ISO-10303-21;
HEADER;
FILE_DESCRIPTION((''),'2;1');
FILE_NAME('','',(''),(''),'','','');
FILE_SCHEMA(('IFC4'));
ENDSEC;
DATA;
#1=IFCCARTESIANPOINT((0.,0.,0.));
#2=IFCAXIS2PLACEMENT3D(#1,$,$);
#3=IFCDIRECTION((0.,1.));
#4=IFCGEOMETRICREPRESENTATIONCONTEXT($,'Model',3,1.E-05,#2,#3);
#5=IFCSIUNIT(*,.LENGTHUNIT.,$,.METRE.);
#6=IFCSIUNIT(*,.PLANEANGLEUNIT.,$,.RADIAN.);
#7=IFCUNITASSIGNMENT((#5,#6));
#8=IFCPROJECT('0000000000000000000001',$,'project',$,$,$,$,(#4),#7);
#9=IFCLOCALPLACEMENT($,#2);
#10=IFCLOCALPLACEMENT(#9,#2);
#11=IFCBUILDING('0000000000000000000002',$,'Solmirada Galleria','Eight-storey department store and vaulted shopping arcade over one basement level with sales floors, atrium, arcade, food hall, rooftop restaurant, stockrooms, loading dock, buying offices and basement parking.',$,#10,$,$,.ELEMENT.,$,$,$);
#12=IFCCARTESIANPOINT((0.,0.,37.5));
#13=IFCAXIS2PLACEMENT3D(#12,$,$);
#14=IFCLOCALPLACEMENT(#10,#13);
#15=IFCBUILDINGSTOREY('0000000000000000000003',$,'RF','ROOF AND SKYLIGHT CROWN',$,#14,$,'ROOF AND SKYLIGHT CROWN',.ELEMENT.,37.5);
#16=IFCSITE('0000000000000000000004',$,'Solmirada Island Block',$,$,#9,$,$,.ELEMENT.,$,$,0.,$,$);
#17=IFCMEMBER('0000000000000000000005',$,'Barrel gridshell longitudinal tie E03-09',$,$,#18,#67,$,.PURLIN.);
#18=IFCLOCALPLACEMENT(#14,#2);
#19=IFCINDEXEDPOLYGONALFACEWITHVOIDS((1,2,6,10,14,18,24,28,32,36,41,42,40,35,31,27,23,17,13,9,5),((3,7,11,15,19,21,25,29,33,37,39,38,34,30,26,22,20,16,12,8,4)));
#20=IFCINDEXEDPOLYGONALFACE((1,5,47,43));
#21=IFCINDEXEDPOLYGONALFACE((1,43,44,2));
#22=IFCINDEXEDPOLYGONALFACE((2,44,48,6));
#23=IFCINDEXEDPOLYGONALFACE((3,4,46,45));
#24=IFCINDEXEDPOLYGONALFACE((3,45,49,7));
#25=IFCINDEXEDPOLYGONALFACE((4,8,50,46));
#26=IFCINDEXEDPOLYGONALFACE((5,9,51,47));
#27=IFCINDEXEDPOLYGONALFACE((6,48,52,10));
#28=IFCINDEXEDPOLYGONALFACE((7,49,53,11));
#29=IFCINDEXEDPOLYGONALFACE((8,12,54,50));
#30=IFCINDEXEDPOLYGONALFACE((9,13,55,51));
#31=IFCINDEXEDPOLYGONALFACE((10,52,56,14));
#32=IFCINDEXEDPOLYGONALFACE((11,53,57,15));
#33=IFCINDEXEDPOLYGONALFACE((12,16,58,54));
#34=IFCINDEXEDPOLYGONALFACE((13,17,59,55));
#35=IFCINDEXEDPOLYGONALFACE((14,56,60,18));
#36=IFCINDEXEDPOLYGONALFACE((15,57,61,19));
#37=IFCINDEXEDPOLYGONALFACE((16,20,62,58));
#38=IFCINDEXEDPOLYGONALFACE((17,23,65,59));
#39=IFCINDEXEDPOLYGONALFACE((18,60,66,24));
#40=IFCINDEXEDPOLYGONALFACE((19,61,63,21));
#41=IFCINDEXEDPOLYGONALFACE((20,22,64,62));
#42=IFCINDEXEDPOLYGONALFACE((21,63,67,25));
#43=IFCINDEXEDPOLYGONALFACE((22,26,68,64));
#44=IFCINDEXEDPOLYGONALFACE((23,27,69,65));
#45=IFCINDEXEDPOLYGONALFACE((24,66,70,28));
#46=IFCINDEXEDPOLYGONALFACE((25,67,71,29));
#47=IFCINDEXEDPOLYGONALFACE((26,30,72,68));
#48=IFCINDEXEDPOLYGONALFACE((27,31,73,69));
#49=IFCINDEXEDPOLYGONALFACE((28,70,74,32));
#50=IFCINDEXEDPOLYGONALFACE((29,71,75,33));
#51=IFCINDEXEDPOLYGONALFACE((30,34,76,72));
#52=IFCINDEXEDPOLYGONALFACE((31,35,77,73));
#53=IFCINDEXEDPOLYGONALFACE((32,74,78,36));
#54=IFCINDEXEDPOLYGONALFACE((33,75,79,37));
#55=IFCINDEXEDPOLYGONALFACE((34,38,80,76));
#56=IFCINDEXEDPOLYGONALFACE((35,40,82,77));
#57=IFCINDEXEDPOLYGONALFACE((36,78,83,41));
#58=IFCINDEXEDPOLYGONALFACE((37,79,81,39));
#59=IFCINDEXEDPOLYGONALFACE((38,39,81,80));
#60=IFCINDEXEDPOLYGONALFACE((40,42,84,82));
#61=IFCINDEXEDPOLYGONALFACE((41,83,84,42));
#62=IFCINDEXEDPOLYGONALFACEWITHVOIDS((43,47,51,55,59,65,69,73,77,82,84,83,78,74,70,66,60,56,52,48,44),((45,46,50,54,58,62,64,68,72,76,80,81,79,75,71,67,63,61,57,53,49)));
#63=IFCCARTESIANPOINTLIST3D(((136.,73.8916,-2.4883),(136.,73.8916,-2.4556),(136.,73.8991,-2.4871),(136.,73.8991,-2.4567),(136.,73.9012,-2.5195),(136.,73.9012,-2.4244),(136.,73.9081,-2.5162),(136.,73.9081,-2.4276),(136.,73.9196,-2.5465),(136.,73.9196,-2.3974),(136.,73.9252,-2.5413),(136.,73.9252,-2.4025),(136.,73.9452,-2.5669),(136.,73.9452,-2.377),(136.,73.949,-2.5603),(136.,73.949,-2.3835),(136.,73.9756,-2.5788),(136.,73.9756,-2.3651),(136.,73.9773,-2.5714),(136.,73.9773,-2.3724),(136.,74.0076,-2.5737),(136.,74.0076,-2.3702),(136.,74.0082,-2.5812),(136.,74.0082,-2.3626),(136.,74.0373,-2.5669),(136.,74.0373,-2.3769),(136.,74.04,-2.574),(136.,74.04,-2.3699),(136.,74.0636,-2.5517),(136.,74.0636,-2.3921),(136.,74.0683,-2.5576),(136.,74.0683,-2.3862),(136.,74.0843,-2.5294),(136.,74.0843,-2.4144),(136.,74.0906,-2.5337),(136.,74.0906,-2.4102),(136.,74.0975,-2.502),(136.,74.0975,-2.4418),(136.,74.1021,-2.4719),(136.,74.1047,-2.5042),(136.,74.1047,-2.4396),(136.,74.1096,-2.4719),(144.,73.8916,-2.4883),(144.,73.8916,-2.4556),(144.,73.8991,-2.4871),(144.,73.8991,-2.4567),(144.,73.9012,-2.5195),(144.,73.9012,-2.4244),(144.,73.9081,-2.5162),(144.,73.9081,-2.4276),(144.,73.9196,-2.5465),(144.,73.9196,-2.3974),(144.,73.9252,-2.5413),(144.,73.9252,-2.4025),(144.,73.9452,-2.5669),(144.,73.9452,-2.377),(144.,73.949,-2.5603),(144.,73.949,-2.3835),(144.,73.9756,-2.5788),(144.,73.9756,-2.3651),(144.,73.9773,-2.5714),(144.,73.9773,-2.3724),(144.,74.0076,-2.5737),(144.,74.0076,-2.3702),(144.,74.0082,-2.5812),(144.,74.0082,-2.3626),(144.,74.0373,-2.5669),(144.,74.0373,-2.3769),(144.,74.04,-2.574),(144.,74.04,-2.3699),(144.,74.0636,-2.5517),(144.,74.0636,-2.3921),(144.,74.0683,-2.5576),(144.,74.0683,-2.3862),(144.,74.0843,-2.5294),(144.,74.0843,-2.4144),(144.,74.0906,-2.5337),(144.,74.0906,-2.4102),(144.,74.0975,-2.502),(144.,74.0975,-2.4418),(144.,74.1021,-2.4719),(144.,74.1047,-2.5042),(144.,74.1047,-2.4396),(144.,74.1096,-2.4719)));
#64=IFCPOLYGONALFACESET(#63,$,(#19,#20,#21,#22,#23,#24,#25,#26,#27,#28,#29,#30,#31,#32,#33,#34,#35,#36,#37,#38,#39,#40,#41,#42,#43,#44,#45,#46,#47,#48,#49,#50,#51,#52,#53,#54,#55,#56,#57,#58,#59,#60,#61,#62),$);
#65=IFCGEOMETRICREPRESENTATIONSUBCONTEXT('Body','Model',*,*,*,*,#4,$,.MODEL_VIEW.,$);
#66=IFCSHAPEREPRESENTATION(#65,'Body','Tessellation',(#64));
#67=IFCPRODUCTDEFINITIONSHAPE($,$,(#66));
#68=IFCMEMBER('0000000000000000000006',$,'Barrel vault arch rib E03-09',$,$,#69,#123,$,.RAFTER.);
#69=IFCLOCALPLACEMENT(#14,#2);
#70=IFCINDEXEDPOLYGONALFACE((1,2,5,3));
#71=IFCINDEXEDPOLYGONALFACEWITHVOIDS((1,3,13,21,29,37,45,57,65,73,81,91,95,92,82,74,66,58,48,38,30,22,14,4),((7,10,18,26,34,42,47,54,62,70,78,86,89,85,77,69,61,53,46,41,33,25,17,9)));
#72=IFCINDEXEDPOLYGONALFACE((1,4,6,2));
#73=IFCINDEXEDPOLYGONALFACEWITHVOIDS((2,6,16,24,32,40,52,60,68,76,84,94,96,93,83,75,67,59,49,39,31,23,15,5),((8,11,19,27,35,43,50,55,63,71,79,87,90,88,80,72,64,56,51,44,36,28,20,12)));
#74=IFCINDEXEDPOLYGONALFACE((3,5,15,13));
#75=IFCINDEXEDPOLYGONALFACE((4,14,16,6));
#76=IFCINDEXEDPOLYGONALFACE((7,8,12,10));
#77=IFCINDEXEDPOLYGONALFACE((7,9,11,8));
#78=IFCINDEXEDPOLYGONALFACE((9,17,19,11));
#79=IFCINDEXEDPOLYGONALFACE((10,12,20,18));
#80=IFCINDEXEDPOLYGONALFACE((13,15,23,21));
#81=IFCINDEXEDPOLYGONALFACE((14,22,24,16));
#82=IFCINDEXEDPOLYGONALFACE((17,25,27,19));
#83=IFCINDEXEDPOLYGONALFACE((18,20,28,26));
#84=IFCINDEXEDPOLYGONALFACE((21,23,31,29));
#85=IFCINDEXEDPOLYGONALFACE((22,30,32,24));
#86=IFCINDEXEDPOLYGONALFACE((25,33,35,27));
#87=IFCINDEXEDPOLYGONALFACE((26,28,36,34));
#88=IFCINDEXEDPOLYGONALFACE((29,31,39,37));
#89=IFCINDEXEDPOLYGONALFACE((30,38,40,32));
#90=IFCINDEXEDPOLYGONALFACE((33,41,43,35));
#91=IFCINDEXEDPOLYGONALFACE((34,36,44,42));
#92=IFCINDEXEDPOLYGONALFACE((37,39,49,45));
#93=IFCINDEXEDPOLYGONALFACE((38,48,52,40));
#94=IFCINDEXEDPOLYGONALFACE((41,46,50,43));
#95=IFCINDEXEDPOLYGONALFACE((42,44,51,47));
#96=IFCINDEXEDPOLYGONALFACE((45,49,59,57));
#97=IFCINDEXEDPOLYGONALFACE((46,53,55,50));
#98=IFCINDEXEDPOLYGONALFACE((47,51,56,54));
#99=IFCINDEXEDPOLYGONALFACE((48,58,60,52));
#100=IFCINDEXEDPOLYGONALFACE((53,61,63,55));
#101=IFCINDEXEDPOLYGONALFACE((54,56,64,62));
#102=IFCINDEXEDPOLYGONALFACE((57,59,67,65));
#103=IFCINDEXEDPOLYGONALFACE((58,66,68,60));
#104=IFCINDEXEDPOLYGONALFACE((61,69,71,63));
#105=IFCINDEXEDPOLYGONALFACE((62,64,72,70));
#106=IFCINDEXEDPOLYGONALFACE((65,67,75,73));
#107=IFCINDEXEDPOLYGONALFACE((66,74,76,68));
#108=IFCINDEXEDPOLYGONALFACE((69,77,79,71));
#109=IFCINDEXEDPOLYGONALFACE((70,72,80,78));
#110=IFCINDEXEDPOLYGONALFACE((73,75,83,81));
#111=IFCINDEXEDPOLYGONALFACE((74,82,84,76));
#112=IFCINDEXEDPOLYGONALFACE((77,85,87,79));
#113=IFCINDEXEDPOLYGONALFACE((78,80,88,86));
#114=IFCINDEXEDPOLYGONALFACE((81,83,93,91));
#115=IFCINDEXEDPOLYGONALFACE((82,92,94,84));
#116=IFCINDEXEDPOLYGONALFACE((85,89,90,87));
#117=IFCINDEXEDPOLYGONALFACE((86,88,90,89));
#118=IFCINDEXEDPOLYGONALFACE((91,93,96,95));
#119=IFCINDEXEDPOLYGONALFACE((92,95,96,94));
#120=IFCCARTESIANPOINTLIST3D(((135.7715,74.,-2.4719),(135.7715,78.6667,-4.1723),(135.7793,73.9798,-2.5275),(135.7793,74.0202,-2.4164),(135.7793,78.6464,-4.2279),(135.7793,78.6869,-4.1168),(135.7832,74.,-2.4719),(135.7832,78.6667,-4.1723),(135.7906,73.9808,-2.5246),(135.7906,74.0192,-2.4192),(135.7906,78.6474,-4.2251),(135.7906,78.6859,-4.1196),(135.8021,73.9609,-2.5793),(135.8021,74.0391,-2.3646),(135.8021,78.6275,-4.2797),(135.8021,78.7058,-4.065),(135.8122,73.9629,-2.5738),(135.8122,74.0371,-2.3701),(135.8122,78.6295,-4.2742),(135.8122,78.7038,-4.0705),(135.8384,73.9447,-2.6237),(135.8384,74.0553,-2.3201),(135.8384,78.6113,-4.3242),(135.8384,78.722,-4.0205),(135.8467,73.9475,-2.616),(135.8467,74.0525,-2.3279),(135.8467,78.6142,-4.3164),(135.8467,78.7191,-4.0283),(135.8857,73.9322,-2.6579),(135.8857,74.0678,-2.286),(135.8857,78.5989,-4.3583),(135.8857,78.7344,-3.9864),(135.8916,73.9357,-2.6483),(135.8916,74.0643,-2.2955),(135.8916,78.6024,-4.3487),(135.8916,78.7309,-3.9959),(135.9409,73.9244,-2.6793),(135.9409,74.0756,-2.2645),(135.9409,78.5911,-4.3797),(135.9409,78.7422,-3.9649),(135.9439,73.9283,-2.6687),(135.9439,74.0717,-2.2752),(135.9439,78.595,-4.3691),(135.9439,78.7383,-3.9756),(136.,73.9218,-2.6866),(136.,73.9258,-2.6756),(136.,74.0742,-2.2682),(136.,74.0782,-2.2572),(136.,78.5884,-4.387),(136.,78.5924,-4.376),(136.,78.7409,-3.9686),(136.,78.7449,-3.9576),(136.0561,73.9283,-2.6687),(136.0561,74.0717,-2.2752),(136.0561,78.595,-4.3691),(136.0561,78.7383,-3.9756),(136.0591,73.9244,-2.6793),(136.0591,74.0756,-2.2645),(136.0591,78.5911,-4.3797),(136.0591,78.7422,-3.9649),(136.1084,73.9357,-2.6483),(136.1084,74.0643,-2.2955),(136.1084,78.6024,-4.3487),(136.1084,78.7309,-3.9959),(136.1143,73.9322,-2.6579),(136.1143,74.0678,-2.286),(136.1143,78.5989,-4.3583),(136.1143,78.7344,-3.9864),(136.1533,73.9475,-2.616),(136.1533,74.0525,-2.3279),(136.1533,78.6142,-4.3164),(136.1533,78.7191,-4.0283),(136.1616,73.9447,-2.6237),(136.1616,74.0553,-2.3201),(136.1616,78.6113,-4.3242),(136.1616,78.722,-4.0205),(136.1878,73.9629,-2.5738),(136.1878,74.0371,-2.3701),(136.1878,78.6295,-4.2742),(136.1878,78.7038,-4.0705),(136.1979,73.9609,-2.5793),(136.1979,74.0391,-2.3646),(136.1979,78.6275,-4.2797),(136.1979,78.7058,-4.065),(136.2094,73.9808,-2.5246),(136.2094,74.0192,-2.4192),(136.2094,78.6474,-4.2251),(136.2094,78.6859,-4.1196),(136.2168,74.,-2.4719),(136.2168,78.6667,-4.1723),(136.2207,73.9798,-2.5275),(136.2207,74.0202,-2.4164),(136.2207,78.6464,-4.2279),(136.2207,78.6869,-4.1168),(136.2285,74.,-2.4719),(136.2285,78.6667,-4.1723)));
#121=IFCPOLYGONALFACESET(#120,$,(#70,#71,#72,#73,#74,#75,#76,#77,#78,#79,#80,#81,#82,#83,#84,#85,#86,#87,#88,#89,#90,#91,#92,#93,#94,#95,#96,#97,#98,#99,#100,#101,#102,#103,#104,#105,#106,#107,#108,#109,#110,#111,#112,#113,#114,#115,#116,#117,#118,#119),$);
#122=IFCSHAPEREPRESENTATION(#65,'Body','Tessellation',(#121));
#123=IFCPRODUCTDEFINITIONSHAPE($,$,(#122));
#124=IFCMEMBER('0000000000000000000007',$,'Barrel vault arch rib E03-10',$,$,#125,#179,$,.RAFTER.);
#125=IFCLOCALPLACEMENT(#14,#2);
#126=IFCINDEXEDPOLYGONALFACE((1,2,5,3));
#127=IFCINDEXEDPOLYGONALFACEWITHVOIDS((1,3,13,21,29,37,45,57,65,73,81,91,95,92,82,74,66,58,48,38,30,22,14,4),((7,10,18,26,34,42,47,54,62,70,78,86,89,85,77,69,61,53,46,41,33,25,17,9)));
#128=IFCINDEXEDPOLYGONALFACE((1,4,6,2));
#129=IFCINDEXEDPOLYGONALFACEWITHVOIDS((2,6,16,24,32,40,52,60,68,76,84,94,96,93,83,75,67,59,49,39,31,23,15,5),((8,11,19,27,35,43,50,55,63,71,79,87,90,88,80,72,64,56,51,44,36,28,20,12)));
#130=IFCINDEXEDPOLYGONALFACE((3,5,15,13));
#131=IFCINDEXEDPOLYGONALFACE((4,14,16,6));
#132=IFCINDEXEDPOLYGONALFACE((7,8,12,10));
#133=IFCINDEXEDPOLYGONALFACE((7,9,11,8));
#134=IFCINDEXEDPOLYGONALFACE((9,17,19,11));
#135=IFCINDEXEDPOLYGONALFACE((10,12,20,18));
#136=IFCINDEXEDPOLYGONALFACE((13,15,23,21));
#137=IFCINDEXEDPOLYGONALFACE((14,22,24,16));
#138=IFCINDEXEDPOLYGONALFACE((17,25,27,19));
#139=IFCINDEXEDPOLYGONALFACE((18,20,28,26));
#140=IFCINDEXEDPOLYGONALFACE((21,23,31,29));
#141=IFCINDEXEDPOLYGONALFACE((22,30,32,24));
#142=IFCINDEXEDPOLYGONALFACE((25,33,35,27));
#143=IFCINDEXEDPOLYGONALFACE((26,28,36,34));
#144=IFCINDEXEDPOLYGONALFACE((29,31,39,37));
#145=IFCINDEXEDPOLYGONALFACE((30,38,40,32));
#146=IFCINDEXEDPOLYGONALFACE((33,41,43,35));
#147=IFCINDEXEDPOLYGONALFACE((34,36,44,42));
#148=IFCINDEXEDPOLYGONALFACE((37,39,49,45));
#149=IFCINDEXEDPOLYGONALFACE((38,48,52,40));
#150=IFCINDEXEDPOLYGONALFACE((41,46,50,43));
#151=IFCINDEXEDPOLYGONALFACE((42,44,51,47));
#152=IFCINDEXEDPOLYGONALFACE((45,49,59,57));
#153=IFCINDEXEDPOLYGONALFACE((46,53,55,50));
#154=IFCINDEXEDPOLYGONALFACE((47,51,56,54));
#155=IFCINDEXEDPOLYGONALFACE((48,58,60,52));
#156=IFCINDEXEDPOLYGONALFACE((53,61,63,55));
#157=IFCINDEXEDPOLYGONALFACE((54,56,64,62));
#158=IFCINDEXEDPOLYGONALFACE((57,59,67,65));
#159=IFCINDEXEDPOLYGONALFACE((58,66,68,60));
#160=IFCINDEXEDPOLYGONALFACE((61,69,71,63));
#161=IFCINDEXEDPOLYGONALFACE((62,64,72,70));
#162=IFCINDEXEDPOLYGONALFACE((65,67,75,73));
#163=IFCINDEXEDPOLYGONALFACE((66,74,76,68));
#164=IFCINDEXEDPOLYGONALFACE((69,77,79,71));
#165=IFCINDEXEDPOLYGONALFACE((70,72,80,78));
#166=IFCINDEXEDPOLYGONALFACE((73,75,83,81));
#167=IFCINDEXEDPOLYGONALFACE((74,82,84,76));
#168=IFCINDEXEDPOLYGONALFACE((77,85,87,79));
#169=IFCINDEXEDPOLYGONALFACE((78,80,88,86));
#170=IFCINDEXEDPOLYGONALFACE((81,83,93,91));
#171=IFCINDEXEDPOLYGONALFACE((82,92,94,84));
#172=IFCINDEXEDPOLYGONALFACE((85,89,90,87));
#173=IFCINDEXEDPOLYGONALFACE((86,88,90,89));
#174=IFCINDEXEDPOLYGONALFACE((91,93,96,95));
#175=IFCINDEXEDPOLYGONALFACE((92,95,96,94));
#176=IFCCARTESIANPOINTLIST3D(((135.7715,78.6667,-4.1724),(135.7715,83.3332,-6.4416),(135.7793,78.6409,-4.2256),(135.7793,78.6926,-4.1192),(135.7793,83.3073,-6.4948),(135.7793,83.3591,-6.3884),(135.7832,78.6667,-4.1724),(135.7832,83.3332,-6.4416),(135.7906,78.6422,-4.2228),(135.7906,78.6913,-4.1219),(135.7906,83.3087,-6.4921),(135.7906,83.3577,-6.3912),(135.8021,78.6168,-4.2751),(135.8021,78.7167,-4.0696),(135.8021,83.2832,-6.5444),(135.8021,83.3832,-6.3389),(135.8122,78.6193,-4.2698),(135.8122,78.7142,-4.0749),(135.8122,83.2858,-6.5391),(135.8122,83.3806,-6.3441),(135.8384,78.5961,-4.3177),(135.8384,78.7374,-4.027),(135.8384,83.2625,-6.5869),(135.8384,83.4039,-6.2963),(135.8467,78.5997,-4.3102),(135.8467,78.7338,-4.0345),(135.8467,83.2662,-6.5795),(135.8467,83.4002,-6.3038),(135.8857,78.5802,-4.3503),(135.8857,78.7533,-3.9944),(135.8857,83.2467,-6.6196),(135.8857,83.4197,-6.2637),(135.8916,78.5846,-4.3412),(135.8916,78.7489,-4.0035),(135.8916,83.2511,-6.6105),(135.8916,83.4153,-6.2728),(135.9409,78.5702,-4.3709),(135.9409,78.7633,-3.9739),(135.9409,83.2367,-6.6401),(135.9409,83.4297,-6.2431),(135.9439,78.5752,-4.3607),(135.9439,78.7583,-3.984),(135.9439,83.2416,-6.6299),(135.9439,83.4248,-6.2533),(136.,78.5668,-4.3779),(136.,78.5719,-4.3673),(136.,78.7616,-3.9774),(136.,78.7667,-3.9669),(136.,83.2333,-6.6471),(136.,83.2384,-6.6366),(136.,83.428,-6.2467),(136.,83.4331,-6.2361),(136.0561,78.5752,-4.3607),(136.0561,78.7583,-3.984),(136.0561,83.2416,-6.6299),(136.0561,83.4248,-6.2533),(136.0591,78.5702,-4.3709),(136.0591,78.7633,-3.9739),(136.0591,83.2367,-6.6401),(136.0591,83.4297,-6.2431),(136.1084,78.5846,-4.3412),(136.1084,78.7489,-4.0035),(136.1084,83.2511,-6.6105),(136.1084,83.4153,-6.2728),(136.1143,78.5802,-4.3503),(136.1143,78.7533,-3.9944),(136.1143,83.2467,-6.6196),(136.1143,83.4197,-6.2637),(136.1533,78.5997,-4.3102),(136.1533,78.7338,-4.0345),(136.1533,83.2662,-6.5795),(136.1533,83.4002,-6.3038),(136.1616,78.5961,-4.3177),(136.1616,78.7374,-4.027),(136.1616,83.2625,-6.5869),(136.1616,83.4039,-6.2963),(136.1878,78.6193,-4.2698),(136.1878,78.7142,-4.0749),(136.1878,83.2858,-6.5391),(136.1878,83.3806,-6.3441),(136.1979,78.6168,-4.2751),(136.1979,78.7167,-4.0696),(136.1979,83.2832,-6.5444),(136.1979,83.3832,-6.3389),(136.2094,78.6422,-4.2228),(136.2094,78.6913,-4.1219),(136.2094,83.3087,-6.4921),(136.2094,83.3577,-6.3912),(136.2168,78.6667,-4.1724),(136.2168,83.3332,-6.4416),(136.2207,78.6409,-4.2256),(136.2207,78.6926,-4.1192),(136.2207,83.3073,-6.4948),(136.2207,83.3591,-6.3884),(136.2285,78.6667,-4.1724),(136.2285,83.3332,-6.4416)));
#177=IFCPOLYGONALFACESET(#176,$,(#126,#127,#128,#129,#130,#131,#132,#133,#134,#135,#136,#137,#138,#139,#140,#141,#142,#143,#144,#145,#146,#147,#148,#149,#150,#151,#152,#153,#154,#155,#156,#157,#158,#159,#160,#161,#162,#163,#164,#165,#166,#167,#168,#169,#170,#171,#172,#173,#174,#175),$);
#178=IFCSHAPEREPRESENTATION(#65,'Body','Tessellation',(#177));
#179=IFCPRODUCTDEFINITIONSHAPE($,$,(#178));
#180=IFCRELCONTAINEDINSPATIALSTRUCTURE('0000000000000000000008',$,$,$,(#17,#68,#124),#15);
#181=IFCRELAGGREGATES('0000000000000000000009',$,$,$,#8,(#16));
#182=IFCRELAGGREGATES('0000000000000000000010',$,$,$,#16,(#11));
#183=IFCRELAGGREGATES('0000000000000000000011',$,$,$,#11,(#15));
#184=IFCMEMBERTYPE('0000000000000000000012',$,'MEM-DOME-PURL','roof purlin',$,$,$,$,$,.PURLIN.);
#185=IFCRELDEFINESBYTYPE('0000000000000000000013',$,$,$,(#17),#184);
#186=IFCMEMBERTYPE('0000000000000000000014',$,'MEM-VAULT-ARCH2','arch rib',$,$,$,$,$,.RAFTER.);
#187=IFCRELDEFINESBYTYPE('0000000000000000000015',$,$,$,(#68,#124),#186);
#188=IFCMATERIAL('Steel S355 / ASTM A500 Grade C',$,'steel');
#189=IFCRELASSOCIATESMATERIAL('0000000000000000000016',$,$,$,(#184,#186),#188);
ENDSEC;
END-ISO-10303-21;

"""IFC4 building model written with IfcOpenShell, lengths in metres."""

from ifc_helpers import new_model, si_unit, direction, frame, origin, origin_2d, place, context, subcontext, project, spatial, hollow_circle, extrude, material, material_profile, profile_set, type_object, element, save


model = new_model("IFC4")

# Units and contexts
model_context = context("Model", 3, precision=1e-05, world=origin(), true_north=direction((0.0, 1.0)))
body_context = subcontext(model_context, "Body", "Model", "MODEL_VIEW")
ifc_project = project(units=[si_unit("LENGTHUNIT", "METRE"), si_unit("PLANEANGLEUNIT", "RADIAN")], contexts=[model_context])

# Site, building, storey
site_placement = place(None, origin())
site = spatial("IfcSite", under=ifc_project, at=site_placement, Name="Solmirada Island Block", CompositionType="ELEMENT", RefElevation=0.0)
building_placement = place(site_placement, origin())
building = spatial("IfcBuilding", under=site, at=building_placement, Name="Solmirada Galleria", Description="Eight-storey department store and vaulted shopping arcade over one basement level with sales floors, atrium, arcade, food hall, rooftop restaurant, stockrooms, loading dock, buying offices and basement parking.", CompositionType="ELEMENT")
storey_placement = place(building_placement, frame((0.0, 0.0, 37.5)))
storey = spatial("IfcBuildingStorey", under=building, at=storey_placement, Name="RF", Description="ROOF AND SKYLIGHT CROWN", LongName="ROOF AND SKYLIGHT CROWN", CompositionType="ELEMENT", Elevation=37.5)

# Members
ifc_material_1 = material(Name="Steel S355 / ASTM A500 Grade C", Category="steel")
ifc_material_profile_1 = material_profile(ifc_material_1, hollow_circle(Radius=0.1096, WallThickness=0.0076, at=origin_2d()), Name="HSS8.625X0.322")
ifc_profile_set_1 = profile_set([ifc_material_profile_1], Name="Steel S355 / ASTM A500 Grade C")
member_type_1 = type_object("IfcMemberType", Name="MEM-DOME-PURL", Description="roof purlin", PredefinedType="PURLIN", material=ifc_profile_set_1)
member_1_placement = place(storey_placement, frame((136.0, 74.0, -2.4719), z_axis=(1.0, 0.0, 0.0), x_axis=(0.0, 1.0, 0.0)))
element("IfcMember", 1, at=member_1_placement, inside=storey, type_object=member_type_1, Name="Barrel gridshell longitudinal tie E03-09", PredefinedType="PURLIN", context=body_context, shape_type="SweptSolid", body=[
    extrude(hollow_circle(Radius=0.1096, WallThickness=0.0076, at=origin_2d()), origin(), (0.0, 0.0, 1.0), 8.0),
])
ifc_material_profile_2 = material_profile(ifc_material_1, hollow_circle(Radius=0.2285, WallThickness=0.0117, at=origin_2d()), Name="HSS18.000X0.500")
ifc_profile_set_2 = profile_set([ifc_material_profile_2], Name="Steel S355 / ASTM A500 Grade C")
member_type_2 = type_object("IfcMemberType", Name="MEM-VAULT-ARCH2", Description="arch rib", PredefinedType="RAFTER", material=ifc_profile_set_2)
member_2_placement = place(storey_placement, frame((136.0, 74.0, -2.4719), z_axis=(0.0, 0.939571, -0.342355), x_axis=(-1.0, 0.0, 0.0)))
element("IfcMember", 2, at=member_2_placement, inside=storey, type_object=member_type_2, Name="Barrel vault arch rib E03-09", PredefinedType="RAFTER", context=body_context, shape_type="SweptSolid", body=[
    extrude(hollow_circle(Radius=0.2285, WallThickness=0.0117, at=origin_2d()), origin(), (0.0, 0.0, 1.0), 4.9668),
])
member_3_placement = place(storey_placement, frame((136.0, 78.6667, -4.1724), z_axis=(0.0, 0.899304, -0.437325), x_axis=(-1.0, 0.0, 0.0)))
element("IfcMember", 3, at=member_3_placement, inside=storey, type_object=member_type_2, Name="Barrel vault arch rib E03-10", PredefinedType="RAFTER", context=body_context, shape_type="SweptSolid", body=[
    extrude(hollow_circle(Radius=0.2285, WallThickness=0.0117, at=origin_2d()), origin(), (0.0, 0.0, 1.0), 5.189),
])

save(model, "model.ifc")
